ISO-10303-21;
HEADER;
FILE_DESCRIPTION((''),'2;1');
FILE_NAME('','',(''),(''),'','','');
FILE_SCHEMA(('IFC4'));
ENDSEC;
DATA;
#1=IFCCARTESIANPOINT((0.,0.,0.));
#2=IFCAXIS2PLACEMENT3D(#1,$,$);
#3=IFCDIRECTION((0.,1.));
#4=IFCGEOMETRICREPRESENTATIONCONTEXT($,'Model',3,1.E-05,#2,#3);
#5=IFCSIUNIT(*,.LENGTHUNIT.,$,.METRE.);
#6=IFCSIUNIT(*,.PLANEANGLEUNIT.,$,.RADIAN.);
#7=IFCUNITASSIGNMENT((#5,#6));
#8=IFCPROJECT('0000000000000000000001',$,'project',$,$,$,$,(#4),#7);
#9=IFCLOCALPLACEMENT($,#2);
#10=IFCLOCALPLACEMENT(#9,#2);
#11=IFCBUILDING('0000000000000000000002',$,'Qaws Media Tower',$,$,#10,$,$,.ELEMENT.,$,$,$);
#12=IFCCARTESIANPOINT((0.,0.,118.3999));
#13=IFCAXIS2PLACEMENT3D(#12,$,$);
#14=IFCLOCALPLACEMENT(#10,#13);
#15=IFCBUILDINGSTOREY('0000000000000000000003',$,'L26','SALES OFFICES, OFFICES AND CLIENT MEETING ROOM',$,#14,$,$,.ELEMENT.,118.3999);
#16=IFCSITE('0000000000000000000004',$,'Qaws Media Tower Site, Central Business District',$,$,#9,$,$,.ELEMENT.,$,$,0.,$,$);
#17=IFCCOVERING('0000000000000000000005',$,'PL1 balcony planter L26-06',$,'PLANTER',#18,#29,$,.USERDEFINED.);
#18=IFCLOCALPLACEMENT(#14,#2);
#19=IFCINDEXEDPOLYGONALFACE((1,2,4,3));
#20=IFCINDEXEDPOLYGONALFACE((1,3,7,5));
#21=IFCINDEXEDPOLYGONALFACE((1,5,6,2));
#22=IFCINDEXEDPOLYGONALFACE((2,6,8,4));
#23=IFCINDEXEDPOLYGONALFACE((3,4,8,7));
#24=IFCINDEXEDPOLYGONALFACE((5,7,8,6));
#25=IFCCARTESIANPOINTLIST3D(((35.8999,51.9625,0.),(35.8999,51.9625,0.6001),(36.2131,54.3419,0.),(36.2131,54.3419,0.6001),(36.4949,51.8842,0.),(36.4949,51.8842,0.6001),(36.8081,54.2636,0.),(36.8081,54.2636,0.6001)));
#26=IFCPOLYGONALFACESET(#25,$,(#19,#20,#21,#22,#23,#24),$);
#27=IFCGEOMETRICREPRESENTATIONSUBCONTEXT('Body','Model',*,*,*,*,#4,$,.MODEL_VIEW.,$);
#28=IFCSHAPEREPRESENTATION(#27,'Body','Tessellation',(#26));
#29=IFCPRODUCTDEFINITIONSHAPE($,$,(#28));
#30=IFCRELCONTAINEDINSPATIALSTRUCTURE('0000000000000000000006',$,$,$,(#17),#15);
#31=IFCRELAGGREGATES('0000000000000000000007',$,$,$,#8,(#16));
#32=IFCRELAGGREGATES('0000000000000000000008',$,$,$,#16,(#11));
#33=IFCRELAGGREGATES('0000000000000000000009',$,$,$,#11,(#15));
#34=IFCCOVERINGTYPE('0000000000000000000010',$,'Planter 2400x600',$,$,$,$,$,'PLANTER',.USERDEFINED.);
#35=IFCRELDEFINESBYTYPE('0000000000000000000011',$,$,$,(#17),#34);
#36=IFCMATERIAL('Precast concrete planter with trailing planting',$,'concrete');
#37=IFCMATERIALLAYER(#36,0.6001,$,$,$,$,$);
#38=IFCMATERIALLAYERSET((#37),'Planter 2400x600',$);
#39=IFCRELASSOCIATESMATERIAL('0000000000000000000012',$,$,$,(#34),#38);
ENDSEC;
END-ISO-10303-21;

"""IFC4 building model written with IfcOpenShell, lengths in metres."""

from ifc_helpers import new_model, si_unit, direction, frame, origin, origin_2d, place, context, subcontext, project, spatial, rectangle, extrude, material, layer, layer_set, type_object, element, save


model = new_model("IFC4")

# Units and contexts
model_context = context("Model", 3, precision=1e-05, world=origin(), true_north=direction((0.0, 1.0)))
body_context = subcontext(model_context, "Body", "Model", "MODEL_VIEW")
ifc_project = project(units=[si_unit("LENGTHUNIT", "METRE"), si_unit("PLANEANGLEUNIT", "RADIAN")], contexts=[model_context])

# Site, building, storey
site_placement = place(None, origin())
site = spatial("IfcSite", under=ifc_project, at=site_placement, Name="Qaws Media Tower Site, Central Business District", CompositionType="ELEMENT", RefElevation=0.0)
building_placement = place(site_placement, origin())
building = spatial("IfcBuilding", under=site, at=building_placement, Name="Qaws Media Tower", CompositionType="ELEMENT")
storey_placement = place(building_placement, frame((0.0, 0.0, 118.3999)))
storey = spatial("IfcBuildingStorey", under=building, at=storey_placement, Name="L26", Description="SALES OFFICES, OFFICES AND CLIENT MEETING ROOM", CompositionType="ELEMENT", Elevation=118.3999)

# Covering
ifc_material_1 = material(Name="Precast concrete planter with trailing planting", Category="concrete")
ifc_layer_1 = layer(ifc_material_1, 0.6001)
ifc_layer_set_1 = layer_set([ifc_layer_1], Name="Planter 2400x600")
covering_type = type_object("IfcCoveringType", Name="Planter 2400x600", ElementType="PLANTER", PredefinedType="USERDEFINED", material=ifc_layer_set_1)
covering_placement = place(storey_placement, frame((36.354, 53.113, 0.0), z_axis=(0.0, 0.0, 1.0), x_axis=(-0.130526, -0.991445, 0.0)))
element("IfcCovering", 1, at=covering_placement, inside=storey, type_object=covering_type, Name="PL1 balcony planter L26-06", ObjectType="PLANTER", PredefinedType="USERDEFINED", context=body_context, shape_type="SweptSolid", body=[
    extrude(rectangle(XDim=2.3999, YDim=0.6001, at=origin_2d()), origin(), (0.0, 0.0, 1.0), 0.6001),
])

save(model, "model.ifc")
